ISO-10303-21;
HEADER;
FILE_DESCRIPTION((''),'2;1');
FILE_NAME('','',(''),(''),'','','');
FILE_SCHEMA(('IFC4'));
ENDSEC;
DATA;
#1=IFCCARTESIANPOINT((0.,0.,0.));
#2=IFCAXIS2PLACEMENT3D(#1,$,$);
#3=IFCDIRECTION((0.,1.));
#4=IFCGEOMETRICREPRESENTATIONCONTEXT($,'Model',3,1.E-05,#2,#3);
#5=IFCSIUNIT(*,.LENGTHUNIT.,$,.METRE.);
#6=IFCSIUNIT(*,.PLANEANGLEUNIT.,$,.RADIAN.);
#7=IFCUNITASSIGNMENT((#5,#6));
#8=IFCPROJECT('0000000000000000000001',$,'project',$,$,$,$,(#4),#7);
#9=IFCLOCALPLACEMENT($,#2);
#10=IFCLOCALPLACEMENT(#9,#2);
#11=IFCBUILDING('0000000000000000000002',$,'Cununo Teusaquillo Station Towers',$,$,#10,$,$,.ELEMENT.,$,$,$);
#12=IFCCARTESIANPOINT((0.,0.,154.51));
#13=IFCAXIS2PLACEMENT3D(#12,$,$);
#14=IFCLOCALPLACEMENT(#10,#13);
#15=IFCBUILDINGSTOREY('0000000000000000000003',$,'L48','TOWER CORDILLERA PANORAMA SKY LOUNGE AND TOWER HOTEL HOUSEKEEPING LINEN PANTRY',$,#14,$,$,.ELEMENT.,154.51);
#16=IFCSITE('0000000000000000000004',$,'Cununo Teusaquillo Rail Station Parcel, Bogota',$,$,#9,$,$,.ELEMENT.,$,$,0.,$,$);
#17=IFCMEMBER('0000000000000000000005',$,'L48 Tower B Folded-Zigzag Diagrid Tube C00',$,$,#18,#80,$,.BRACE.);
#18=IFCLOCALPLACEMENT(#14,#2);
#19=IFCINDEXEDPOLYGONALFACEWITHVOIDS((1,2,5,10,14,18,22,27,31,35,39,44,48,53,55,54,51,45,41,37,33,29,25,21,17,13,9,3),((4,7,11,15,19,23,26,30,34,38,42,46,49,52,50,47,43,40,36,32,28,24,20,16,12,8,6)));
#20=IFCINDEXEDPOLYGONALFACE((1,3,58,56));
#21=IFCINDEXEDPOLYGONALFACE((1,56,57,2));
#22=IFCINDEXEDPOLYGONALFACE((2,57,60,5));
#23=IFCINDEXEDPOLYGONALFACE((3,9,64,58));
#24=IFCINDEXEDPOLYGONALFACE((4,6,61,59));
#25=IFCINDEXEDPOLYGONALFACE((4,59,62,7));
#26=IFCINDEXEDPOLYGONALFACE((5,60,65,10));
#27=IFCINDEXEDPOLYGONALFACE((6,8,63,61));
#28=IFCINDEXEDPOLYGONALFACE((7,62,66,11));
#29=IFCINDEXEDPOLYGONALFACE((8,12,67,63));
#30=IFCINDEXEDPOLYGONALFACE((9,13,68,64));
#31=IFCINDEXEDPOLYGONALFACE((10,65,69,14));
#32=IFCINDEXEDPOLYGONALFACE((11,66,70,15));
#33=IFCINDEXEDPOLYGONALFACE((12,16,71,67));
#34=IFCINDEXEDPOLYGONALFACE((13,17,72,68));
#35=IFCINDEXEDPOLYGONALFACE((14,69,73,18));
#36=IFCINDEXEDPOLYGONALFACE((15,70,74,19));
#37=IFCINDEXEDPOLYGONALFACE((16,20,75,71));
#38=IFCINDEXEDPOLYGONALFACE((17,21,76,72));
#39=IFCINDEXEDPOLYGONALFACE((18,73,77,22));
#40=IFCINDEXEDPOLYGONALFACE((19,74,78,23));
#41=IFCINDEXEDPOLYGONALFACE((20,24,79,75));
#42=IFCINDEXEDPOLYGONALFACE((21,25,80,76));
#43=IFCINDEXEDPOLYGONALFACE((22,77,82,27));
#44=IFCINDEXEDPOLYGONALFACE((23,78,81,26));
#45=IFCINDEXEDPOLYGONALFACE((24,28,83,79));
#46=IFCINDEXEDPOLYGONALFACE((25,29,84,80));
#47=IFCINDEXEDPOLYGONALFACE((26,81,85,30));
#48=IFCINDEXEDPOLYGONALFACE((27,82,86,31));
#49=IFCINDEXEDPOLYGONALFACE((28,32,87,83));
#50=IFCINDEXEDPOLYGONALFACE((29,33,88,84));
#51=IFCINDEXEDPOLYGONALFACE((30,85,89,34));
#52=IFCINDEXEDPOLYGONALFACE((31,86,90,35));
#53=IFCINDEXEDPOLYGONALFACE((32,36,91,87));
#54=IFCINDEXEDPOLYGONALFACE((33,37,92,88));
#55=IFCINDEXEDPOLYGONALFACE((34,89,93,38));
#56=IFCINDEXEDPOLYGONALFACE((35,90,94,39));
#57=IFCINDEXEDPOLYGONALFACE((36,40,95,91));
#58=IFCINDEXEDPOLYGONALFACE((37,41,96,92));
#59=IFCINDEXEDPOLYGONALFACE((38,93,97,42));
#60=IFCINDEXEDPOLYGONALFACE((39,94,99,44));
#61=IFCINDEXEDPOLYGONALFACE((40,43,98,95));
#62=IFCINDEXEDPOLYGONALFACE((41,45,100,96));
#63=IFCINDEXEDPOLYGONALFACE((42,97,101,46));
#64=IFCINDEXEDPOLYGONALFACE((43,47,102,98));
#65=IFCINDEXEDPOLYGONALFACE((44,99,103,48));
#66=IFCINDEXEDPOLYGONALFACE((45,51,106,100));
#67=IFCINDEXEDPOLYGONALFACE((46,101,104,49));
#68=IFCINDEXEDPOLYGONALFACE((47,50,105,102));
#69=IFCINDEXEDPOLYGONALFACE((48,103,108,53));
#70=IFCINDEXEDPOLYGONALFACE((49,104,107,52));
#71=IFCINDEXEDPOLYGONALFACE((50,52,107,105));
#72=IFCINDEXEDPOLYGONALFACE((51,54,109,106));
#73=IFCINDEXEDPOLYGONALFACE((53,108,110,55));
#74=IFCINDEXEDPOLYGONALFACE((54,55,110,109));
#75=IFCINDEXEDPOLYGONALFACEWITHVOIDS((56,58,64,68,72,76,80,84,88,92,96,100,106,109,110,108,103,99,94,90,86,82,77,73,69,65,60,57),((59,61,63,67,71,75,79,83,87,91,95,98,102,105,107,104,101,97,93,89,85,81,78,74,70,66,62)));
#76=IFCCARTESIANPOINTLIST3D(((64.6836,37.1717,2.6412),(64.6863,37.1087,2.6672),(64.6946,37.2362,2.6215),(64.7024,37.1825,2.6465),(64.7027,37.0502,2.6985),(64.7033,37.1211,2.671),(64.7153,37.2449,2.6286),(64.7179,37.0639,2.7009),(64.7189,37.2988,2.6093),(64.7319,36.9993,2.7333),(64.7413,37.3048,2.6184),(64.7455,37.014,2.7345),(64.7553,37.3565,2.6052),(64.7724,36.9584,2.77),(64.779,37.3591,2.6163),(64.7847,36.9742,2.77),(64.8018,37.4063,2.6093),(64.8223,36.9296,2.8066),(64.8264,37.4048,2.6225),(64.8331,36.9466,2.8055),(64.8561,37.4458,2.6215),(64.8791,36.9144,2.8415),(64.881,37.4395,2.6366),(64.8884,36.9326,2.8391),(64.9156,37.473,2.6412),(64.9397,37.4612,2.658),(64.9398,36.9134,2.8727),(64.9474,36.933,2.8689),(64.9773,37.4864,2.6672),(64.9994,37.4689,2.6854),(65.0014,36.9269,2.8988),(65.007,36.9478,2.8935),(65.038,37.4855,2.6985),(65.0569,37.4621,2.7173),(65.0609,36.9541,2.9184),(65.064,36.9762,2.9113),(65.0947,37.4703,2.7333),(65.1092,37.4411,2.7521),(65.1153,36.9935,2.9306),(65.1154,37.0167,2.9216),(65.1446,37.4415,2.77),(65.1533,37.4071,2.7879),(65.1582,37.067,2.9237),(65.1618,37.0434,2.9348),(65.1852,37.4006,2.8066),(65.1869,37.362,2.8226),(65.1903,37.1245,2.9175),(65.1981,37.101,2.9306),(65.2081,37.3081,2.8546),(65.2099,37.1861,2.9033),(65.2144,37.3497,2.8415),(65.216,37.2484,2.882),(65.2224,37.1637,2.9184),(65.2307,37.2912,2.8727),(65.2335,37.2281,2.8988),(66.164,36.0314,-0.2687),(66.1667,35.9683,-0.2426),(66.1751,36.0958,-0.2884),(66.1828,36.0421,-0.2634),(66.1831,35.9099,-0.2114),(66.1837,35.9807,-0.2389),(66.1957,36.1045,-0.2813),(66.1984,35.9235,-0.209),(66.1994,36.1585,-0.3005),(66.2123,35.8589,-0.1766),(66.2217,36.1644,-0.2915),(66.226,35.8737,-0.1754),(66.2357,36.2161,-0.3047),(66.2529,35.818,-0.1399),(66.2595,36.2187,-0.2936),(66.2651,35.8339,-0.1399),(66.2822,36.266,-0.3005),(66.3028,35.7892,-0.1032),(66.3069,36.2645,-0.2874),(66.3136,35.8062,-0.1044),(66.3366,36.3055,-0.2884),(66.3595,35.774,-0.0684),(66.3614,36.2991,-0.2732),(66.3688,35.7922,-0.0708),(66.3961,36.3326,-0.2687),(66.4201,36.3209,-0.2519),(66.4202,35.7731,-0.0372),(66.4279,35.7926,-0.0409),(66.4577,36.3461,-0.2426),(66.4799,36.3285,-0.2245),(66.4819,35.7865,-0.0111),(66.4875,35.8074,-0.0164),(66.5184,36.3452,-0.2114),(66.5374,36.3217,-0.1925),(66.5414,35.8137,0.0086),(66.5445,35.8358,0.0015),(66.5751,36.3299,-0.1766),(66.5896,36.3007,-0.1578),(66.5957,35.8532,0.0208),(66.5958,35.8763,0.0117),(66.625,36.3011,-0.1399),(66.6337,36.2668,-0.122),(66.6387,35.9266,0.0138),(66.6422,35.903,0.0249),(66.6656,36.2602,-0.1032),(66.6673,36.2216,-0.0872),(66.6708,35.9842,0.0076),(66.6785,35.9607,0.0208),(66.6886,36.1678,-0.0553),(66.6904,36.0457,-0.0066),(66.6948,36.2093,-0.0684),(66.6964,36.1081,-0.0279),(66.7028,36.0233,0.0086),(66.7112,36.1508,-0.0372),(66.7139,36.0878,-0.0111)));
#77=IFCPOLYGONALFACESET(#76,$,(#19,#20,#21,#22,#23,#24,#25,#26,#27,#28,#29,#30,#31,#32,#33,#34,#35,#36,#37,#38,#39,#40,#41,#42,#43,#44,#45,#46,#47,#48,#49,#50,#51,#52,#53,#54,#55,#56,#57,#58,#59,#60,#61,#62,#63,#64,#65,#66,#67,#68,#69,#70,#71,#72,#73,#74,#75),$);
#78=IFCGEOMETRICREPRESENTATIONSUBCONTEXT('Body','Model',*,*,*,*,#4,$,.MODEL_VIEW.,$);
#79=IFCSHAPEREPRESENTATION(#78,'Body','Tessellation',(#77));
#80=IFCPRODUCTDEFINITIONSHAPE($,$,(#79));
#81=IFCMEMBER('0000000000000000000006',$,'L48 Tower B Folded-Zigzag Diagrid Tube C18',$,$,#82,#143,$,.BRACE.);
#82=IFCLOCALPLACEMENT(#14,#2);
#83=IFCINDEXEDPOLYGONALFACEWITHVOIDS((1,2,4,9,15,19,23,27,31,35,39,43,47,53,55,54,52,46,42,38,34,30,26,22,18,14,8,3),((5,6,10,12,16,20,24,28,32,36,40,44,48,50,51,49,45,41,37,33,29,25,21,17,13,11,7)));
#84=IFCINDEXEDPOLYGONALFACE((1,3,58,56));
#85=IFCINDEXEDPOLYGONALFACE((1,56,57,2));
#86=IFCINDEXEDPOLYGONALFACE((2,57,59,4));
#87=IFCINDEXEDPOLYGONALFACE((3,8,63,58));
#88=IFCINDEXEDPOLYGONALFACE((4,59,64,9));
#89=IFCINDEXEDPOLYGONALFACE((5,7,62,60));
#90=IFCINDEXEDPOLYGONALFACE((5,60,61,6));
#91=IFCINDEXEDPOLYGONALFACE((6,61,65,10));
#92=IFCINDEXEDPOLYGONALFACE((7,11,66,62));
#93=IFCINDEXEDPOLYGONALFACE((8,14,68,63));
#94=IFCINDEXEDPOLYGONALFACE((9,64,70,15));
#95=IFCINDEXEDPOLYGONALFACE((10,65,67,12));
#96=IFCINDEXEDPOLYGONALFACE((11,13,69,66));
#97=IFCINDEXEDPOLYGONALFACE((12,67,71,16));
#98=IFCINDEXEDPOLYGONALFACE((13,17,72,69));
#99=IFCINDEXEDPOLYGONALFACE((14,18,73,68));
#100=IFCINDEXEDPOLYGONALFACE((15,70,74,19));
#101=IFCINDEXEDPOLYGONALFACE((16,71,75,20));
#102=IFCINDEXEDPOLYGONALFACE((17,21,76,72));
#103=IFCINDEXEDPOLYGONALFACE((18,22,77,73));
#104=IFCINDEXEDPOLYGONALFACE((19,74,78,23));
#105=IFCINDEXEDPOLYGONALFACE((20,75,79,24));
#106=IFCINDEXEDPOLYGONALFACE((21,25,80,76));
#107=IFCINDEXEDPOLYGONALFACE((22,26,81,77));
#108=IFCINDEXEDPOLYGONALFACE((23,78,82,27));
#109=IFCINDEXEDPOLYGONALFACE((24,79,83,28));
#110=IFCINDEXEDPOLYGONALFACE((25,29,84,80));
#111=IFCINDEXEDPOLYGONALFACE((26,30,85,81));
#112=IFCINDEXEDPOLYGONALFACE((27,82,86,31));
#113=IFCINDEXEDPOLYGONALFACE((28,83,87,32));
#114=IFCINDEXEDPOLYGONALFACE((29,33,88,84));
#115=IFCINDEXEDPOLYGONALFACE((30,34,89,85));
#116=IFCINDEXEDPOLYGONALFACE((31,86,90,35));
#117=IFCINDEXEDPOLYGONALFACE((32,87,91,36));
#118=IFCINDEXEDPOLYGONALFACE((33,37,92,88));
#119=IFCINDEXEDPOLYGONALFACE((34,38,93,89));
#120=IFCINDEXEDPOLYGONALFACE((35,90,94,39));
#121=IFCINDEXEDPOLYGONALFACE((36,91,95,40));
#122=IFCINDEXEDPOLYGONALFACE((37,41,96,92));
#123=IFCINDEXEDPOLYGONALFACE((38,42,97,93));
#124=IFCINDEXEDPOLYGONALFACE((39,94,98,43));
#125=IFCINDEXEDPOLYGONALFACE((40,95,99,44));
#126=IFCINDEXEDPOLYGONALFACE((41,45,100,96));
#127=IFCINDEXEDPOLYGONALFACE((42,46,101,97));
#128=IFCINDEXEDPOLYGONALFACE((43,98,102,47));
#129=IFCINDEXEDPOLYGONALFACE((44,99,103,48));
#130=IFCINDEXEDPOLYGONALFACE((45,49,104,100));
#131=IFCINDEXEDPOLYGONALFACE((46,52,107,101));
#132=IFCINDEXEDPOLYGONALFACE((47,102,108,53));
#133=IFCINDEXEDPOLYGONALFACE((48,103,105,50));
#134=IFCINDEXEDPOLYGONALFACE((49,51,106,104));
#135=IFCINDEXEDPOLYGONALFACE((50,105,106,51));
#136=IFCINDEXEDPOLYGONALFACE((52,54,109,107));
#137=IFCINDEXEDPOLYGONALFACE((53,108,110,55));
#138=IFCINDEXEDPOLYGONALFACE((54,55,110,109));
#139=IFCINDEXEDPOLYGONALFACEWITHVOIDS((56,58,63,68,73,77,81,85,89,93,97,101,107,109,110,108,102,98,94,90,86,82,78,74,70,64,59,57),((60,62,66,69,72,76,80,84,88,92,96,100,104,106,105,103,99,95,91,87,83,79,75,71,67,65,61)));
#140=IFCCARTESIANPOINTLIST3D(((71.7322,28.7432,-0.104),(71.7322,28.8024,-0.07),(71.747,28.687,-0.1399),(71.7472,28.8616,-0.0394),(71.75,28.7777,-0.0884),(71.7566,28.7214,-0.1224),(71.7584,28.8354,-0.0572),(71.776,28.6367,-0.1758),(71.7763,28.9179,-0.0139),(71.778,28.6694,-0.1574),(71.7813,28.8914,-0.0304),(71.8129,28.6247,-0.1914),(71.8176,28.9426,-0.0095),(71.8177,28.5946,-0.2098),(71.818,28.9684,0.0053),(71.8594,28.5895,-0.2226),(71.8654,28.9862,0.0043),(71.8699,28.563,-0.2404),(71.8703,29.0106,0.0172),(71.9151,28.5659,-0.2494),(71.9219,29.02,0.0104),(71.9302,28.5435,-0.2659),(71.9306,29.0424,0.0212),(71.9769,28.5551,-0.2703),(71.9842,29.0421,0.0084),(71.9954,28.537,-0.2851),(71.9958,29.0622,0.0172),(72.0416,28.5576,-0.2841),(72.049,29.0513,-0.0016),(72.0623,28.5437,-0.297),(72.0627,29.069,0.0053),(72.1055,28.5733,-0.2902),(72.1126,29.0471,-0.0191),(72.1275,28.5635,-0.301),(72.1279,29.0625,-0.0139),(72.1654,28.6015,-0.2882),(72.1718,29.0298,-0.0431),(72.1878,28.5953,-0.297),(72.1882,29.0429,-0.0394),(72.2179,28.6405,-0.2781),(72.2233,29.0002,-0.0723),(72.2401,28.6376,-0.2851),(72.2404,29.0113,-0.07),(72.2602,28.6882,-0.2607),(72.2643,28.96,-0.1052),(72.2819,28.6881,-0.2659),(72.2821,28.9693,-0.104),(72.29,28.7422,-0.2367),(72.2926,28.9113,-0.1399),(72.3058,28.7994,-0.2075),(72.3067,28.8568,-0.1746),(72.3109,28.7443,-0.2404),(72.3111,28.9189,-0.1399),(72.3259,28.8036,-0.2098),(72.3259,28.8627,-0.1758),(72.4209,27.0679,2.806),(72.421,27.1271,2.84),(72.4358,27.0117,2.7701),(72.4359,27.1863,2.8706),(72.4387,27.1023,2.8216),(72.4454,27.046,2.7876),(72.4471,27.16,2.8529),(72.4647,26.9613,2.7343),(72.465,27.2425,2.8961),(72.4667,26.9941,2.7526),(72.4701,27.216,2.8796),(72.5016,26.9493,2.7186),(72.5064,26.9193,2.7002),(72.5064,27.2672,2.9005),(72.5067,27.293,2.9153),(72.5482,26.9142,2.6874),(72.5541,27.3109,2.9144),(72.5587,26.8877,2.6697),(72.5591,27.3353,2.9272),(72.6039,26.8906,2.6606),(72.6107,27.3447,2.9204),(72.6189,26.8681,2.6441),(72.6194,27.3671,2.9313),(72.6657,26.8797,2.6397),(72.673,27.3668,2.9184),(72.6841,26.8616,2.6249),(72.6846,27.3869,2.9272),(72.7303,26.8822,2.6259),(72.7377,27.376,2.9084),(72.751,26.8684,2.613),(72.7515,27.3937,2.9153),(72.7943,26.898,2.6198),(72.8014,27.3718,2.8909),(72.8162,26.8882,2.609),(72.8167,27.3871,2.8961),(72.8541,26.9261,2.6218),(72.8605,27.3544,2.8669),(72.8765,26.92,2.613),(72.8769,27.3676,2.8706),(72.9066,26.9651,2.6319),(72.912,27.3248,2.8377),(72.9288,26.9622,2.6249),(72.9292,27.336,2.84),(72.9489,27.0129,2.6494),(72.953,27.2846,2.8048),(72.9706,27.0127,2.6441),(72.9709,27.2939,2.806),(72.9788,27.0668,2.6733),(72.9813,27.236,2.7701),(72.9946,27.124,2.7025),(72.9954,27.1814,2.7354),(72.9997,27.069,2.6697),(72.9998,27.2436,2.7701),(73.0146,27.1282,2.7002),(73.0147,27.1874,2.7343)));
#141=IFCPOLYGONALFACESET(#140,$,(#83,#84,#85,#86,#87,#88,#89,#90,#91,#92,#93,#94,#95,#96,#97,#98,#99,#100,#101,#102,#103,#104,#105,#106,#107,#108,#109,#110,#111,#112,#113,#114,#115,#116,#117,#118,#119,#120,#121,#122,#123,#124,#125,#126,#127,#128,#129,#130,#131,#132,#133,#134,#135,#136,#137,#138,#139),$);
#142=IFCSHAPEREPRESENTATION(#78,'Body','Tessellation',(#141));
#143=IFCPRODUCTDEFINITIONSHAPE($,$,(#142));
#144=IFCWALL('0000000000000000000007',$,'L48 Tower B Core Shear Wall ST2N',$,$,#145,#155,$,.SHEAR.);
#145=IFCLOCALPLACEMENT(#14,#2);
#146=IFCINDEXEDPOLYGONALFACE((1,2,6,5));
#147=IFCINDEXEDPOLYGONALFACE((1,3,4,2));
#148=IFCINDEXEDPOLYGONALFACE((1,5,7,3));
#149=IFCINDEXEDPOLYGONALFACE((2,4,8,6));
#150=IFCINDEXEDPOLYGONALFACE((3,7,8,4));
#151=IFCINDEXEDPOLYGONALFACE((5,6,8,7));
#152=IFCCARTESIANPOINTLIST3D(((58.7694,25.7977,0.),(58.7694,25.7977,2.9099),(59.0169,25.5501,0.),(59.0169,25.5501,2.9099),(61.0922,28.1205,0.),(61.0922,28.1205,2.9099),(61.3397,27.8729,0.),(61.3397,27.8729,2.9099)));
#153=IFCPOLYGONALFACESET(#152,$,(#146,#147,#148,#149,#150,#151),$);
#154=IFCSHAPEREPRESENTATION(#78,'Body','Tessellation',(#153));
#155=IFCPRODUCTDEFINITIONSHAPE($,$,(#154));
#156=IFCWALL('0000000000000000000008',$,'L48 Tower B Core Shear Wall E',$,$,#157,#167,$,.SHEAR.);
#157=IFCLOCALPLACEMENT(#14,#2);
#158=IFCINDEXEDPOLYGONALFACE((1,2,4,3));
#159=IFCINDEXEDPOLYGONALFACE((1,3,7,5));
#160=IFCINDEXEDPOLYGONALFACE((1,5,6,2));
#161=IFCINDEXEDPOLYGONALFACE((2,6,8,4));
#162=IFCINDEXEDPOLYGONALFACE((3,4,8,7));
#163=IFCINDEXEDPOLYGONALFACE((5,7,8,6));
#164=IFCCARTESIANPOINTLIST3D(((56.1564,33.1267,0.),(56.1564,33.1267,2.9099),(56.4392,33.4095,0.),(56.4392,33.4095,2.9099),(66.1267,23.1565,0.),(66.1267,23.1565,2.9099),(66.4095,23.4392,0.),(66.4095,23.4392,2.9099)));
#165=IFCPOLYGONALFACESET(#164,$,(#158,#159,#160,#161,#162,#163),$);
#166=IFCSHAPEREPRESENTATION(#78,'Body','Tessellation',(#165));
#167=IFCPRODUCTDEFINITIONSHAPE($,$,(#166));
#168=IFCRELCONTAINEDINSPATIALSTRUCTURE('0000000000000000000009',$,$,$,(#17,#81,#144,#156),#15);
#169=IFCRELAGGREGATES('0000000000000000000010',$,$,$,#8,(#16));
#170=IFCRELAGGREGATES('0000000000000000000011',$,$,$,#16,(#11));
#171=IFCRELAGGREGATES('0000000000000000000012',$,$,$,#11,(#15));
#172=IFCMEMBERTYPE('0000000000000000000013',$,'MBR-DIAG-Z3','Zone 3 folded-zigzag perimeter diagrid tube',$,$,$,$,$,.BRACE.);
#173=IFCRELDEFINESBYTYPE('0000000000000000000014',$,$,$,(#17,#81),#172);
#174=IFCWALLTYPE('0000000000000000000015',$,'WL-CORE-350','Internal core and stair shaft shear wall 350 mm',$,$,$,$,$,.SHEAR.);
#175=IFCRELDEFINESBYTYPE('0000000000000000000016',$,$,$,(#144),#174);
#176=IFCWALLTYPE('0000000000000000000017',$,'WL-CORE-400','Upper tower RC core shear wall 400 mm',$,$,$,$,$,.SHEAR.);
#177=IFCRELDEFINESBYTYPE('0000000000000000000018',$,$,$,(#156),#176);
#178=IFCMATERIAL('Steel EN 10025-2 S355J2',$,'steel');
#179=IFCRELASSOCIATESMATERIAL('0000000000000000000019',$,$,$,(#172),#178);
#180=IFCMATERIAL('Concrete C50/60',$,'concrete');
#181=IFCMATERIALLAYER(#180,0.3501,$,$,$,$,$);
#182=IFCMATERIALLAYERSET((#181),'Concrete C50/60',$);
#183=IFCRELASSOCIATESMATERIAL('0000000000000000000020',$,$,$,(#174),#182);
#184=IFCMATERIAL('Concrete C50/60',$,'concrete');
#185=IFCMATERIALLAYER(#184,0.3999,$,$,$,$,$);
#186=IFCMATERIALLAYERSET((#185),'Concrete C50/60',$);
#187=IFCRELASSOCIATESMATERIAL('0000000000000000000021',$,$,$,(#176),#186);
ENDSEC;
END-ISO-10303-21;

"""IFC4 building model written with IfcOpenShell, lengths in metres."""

from ifc_helpers import new_model, si_unit, direction, frame, frame_2d, origin, origin_2d, place, context, subcontext, project, spatial, rectangle, hollow_circle, extrude, material, layer, layer_set, material_profile, profile_set, type_object, element, save


model = new_model("IFC4")

# Units and contexts
model_context = context("Model", 3, precision=1e-05, world=origin(), true_north=direction((0.0, 1.0)))
body_context = subcontext(model_context, "Body", "Model", "MODEL_VIEW")
ifc_project = project(units=[si_unit("LENGTHUNIT", "METRE"), si_unit("PLANEANGLEUNIT", "RADIAN")], contexts=[model_context])

# Site, building, storey
site_placement = place(None, origin())
site = spatial("IfcSite", under=ifc_project, at=site_placement, Name="Cununo Teusaquillo Rail Station Parcel, Bogota", CompositionType="ELEMENT", RefElevation=0.0)
building_placement = place(site_placement, origin())
building = spatial("IfcBuilding", under=site, at=building_placement, Name="Cununo Teusaquillo Station Towers", CompositionType="ELEMENT")
storey_placement = place(building_placement, frame((0.0, 0.0, 154.51)))
storey = spatial("IfcBuildingStorey", under=building, at=storey_placement, Name="L48", Description="TOWER CORDILLERA PANORAMA SKY LOUNGE AND TOWER HOTEL HOUSEKEEPING LINEN PANTRY", CompositionType="ELEMENT", Elevation=154.51)

# Members
ifc_material_1 = material(Name="Steel EN 10025-2 S355J2", Category="steel")
ifc_material_profile_1 = material_profile(ifc_material_1, hollow_circle(Radius=0.3049, WallThickness=0.02, at=origin_2d()), Name="CHS 610x20")
ifc_profile_set_1 = profile_set([ifc_material_profile_1], Name="Steel EN 10025-2 S355J2")
member_type = type_object("IfcMemberType", Name="MBR-DIAG-Z3", Description="Zone 3 folded-zigzag perimeter diagrid tube", PredefinedType="BRACE", material=ifc_profile_set_1)
member_1_placement = place(storey_placement, frame((66.439, 36.0596, -0.1399), z_axis=(-0.428091, 0.329752, 0.841428), x_axis=(-0.610235, -0.792221, 0.0)))
element("IfcMember", 1, at=member_1_placement, inside=storey, type_object=member_type, Name="L48 Tower B Folded-Zigzag Diagrid Tube C00", PredefinedType="BRACE", context=body_context, shape_type="SweptSolid", body=[
    extrude(hollow_circle(Radius=0.3049, WallThickness=0.02, at=origin_2d()), origin(), (0.0, 0.0, 1.0), 3.4583),
])
member_2_placement = place(storey_placement, frame((72.0291, 28.803, -0.1399), z_axis=(0.200933, -0.488764, 0.848962), x_axis=(0.924893, 0.380228, 0.0)))
element("IfcMember", 2, at=member_2_placement, inside=storey, type_object=member_type, Name="L48 Tower B Folded-Zigzag Diagrid Tube C18", PredefinedType="BRACE", context=body_context, shape_type="SweptSolid", body=[
    extrude(hollow_circle(Radius=0.3049, WallThickness=0.02, at=origin_2d()), origin(), (0.0, 0.0, 1.0), 3.4277),
])

# Walls
ifc_material_2 = material(Name="Concrete C50/60", Category="concrete")
ifc_layer_1 = layer(ifc_material_2, 0.3501)
ifc_layer_set_1 = layer_set([ifc_layer_1], Name="Concrete C50/60")
wall_type_1 = type_object("IfcWallType", Name="WL-CORE-350", Description="Internal core and stair shaft shear wall 350 mm", PredefinedType="SHEAR", material=ifc_layer_set_1)
wall_1_placement = place(storey_placement, frame((58.8931, 25.6738, 0.0), z_axis=(0.0, 0.0, 1.0), x_axis=(0.707107, 0.707107, 0.0)))
element("IfcWall", 3, at=wall_1_placement, inside=storey, type_object=wall_type_1, Name="L48 Tower B Core Shear Wall ST2N", PredefinedType="SHEAR", context=body_context, shape_type="SweptSolid", body=[
    extrude(rectangle(XDim=3.2849, YDim=0.3501, at=frame_2d((1.6426, 0.0))), origin(), (0.0, 0.0, 1.0), 2.9099),
])
ifc_material_3 = material(Name="Concrete C50/60", Category="concrete")
ifc_layer_2 = layer(ifc_material_3, 0.3999)
ifc_layer_set_2 = layer_set([ifc_layer_2], Name="Concrete C50/60")
wall_type_2 = type_object("IfcWallType", Name="WL-CORE-400", Description="Upper tower RC core shear wall 400 mm", PredefinedType="SHEAR", material=ifc_layer_set_2)
wall_2_placement = place(storey_placement, frame((66.2681, 23.2979, 0.0), z_axis=(0.0, 0.0, 1.0), x_axis=(-0.707107, 0.707107, 0.0)))
element("IfcWall", 4, at=wall_2_placement, inside=storey, type_object=wall_type_2, Name="L48 Tower B Core Shear Wall E", PredefinedType="SHEAR", context=body_context, shape_type="SweptSolid", body=[
    extrude(rectangle(XDim=14.1001, YDim=0.3999, at=frame_2d((7.05, 0.0))), origin(), (0.0, 0.0, 1.0), 2.9099),
])

save(model, "model.ifc")
